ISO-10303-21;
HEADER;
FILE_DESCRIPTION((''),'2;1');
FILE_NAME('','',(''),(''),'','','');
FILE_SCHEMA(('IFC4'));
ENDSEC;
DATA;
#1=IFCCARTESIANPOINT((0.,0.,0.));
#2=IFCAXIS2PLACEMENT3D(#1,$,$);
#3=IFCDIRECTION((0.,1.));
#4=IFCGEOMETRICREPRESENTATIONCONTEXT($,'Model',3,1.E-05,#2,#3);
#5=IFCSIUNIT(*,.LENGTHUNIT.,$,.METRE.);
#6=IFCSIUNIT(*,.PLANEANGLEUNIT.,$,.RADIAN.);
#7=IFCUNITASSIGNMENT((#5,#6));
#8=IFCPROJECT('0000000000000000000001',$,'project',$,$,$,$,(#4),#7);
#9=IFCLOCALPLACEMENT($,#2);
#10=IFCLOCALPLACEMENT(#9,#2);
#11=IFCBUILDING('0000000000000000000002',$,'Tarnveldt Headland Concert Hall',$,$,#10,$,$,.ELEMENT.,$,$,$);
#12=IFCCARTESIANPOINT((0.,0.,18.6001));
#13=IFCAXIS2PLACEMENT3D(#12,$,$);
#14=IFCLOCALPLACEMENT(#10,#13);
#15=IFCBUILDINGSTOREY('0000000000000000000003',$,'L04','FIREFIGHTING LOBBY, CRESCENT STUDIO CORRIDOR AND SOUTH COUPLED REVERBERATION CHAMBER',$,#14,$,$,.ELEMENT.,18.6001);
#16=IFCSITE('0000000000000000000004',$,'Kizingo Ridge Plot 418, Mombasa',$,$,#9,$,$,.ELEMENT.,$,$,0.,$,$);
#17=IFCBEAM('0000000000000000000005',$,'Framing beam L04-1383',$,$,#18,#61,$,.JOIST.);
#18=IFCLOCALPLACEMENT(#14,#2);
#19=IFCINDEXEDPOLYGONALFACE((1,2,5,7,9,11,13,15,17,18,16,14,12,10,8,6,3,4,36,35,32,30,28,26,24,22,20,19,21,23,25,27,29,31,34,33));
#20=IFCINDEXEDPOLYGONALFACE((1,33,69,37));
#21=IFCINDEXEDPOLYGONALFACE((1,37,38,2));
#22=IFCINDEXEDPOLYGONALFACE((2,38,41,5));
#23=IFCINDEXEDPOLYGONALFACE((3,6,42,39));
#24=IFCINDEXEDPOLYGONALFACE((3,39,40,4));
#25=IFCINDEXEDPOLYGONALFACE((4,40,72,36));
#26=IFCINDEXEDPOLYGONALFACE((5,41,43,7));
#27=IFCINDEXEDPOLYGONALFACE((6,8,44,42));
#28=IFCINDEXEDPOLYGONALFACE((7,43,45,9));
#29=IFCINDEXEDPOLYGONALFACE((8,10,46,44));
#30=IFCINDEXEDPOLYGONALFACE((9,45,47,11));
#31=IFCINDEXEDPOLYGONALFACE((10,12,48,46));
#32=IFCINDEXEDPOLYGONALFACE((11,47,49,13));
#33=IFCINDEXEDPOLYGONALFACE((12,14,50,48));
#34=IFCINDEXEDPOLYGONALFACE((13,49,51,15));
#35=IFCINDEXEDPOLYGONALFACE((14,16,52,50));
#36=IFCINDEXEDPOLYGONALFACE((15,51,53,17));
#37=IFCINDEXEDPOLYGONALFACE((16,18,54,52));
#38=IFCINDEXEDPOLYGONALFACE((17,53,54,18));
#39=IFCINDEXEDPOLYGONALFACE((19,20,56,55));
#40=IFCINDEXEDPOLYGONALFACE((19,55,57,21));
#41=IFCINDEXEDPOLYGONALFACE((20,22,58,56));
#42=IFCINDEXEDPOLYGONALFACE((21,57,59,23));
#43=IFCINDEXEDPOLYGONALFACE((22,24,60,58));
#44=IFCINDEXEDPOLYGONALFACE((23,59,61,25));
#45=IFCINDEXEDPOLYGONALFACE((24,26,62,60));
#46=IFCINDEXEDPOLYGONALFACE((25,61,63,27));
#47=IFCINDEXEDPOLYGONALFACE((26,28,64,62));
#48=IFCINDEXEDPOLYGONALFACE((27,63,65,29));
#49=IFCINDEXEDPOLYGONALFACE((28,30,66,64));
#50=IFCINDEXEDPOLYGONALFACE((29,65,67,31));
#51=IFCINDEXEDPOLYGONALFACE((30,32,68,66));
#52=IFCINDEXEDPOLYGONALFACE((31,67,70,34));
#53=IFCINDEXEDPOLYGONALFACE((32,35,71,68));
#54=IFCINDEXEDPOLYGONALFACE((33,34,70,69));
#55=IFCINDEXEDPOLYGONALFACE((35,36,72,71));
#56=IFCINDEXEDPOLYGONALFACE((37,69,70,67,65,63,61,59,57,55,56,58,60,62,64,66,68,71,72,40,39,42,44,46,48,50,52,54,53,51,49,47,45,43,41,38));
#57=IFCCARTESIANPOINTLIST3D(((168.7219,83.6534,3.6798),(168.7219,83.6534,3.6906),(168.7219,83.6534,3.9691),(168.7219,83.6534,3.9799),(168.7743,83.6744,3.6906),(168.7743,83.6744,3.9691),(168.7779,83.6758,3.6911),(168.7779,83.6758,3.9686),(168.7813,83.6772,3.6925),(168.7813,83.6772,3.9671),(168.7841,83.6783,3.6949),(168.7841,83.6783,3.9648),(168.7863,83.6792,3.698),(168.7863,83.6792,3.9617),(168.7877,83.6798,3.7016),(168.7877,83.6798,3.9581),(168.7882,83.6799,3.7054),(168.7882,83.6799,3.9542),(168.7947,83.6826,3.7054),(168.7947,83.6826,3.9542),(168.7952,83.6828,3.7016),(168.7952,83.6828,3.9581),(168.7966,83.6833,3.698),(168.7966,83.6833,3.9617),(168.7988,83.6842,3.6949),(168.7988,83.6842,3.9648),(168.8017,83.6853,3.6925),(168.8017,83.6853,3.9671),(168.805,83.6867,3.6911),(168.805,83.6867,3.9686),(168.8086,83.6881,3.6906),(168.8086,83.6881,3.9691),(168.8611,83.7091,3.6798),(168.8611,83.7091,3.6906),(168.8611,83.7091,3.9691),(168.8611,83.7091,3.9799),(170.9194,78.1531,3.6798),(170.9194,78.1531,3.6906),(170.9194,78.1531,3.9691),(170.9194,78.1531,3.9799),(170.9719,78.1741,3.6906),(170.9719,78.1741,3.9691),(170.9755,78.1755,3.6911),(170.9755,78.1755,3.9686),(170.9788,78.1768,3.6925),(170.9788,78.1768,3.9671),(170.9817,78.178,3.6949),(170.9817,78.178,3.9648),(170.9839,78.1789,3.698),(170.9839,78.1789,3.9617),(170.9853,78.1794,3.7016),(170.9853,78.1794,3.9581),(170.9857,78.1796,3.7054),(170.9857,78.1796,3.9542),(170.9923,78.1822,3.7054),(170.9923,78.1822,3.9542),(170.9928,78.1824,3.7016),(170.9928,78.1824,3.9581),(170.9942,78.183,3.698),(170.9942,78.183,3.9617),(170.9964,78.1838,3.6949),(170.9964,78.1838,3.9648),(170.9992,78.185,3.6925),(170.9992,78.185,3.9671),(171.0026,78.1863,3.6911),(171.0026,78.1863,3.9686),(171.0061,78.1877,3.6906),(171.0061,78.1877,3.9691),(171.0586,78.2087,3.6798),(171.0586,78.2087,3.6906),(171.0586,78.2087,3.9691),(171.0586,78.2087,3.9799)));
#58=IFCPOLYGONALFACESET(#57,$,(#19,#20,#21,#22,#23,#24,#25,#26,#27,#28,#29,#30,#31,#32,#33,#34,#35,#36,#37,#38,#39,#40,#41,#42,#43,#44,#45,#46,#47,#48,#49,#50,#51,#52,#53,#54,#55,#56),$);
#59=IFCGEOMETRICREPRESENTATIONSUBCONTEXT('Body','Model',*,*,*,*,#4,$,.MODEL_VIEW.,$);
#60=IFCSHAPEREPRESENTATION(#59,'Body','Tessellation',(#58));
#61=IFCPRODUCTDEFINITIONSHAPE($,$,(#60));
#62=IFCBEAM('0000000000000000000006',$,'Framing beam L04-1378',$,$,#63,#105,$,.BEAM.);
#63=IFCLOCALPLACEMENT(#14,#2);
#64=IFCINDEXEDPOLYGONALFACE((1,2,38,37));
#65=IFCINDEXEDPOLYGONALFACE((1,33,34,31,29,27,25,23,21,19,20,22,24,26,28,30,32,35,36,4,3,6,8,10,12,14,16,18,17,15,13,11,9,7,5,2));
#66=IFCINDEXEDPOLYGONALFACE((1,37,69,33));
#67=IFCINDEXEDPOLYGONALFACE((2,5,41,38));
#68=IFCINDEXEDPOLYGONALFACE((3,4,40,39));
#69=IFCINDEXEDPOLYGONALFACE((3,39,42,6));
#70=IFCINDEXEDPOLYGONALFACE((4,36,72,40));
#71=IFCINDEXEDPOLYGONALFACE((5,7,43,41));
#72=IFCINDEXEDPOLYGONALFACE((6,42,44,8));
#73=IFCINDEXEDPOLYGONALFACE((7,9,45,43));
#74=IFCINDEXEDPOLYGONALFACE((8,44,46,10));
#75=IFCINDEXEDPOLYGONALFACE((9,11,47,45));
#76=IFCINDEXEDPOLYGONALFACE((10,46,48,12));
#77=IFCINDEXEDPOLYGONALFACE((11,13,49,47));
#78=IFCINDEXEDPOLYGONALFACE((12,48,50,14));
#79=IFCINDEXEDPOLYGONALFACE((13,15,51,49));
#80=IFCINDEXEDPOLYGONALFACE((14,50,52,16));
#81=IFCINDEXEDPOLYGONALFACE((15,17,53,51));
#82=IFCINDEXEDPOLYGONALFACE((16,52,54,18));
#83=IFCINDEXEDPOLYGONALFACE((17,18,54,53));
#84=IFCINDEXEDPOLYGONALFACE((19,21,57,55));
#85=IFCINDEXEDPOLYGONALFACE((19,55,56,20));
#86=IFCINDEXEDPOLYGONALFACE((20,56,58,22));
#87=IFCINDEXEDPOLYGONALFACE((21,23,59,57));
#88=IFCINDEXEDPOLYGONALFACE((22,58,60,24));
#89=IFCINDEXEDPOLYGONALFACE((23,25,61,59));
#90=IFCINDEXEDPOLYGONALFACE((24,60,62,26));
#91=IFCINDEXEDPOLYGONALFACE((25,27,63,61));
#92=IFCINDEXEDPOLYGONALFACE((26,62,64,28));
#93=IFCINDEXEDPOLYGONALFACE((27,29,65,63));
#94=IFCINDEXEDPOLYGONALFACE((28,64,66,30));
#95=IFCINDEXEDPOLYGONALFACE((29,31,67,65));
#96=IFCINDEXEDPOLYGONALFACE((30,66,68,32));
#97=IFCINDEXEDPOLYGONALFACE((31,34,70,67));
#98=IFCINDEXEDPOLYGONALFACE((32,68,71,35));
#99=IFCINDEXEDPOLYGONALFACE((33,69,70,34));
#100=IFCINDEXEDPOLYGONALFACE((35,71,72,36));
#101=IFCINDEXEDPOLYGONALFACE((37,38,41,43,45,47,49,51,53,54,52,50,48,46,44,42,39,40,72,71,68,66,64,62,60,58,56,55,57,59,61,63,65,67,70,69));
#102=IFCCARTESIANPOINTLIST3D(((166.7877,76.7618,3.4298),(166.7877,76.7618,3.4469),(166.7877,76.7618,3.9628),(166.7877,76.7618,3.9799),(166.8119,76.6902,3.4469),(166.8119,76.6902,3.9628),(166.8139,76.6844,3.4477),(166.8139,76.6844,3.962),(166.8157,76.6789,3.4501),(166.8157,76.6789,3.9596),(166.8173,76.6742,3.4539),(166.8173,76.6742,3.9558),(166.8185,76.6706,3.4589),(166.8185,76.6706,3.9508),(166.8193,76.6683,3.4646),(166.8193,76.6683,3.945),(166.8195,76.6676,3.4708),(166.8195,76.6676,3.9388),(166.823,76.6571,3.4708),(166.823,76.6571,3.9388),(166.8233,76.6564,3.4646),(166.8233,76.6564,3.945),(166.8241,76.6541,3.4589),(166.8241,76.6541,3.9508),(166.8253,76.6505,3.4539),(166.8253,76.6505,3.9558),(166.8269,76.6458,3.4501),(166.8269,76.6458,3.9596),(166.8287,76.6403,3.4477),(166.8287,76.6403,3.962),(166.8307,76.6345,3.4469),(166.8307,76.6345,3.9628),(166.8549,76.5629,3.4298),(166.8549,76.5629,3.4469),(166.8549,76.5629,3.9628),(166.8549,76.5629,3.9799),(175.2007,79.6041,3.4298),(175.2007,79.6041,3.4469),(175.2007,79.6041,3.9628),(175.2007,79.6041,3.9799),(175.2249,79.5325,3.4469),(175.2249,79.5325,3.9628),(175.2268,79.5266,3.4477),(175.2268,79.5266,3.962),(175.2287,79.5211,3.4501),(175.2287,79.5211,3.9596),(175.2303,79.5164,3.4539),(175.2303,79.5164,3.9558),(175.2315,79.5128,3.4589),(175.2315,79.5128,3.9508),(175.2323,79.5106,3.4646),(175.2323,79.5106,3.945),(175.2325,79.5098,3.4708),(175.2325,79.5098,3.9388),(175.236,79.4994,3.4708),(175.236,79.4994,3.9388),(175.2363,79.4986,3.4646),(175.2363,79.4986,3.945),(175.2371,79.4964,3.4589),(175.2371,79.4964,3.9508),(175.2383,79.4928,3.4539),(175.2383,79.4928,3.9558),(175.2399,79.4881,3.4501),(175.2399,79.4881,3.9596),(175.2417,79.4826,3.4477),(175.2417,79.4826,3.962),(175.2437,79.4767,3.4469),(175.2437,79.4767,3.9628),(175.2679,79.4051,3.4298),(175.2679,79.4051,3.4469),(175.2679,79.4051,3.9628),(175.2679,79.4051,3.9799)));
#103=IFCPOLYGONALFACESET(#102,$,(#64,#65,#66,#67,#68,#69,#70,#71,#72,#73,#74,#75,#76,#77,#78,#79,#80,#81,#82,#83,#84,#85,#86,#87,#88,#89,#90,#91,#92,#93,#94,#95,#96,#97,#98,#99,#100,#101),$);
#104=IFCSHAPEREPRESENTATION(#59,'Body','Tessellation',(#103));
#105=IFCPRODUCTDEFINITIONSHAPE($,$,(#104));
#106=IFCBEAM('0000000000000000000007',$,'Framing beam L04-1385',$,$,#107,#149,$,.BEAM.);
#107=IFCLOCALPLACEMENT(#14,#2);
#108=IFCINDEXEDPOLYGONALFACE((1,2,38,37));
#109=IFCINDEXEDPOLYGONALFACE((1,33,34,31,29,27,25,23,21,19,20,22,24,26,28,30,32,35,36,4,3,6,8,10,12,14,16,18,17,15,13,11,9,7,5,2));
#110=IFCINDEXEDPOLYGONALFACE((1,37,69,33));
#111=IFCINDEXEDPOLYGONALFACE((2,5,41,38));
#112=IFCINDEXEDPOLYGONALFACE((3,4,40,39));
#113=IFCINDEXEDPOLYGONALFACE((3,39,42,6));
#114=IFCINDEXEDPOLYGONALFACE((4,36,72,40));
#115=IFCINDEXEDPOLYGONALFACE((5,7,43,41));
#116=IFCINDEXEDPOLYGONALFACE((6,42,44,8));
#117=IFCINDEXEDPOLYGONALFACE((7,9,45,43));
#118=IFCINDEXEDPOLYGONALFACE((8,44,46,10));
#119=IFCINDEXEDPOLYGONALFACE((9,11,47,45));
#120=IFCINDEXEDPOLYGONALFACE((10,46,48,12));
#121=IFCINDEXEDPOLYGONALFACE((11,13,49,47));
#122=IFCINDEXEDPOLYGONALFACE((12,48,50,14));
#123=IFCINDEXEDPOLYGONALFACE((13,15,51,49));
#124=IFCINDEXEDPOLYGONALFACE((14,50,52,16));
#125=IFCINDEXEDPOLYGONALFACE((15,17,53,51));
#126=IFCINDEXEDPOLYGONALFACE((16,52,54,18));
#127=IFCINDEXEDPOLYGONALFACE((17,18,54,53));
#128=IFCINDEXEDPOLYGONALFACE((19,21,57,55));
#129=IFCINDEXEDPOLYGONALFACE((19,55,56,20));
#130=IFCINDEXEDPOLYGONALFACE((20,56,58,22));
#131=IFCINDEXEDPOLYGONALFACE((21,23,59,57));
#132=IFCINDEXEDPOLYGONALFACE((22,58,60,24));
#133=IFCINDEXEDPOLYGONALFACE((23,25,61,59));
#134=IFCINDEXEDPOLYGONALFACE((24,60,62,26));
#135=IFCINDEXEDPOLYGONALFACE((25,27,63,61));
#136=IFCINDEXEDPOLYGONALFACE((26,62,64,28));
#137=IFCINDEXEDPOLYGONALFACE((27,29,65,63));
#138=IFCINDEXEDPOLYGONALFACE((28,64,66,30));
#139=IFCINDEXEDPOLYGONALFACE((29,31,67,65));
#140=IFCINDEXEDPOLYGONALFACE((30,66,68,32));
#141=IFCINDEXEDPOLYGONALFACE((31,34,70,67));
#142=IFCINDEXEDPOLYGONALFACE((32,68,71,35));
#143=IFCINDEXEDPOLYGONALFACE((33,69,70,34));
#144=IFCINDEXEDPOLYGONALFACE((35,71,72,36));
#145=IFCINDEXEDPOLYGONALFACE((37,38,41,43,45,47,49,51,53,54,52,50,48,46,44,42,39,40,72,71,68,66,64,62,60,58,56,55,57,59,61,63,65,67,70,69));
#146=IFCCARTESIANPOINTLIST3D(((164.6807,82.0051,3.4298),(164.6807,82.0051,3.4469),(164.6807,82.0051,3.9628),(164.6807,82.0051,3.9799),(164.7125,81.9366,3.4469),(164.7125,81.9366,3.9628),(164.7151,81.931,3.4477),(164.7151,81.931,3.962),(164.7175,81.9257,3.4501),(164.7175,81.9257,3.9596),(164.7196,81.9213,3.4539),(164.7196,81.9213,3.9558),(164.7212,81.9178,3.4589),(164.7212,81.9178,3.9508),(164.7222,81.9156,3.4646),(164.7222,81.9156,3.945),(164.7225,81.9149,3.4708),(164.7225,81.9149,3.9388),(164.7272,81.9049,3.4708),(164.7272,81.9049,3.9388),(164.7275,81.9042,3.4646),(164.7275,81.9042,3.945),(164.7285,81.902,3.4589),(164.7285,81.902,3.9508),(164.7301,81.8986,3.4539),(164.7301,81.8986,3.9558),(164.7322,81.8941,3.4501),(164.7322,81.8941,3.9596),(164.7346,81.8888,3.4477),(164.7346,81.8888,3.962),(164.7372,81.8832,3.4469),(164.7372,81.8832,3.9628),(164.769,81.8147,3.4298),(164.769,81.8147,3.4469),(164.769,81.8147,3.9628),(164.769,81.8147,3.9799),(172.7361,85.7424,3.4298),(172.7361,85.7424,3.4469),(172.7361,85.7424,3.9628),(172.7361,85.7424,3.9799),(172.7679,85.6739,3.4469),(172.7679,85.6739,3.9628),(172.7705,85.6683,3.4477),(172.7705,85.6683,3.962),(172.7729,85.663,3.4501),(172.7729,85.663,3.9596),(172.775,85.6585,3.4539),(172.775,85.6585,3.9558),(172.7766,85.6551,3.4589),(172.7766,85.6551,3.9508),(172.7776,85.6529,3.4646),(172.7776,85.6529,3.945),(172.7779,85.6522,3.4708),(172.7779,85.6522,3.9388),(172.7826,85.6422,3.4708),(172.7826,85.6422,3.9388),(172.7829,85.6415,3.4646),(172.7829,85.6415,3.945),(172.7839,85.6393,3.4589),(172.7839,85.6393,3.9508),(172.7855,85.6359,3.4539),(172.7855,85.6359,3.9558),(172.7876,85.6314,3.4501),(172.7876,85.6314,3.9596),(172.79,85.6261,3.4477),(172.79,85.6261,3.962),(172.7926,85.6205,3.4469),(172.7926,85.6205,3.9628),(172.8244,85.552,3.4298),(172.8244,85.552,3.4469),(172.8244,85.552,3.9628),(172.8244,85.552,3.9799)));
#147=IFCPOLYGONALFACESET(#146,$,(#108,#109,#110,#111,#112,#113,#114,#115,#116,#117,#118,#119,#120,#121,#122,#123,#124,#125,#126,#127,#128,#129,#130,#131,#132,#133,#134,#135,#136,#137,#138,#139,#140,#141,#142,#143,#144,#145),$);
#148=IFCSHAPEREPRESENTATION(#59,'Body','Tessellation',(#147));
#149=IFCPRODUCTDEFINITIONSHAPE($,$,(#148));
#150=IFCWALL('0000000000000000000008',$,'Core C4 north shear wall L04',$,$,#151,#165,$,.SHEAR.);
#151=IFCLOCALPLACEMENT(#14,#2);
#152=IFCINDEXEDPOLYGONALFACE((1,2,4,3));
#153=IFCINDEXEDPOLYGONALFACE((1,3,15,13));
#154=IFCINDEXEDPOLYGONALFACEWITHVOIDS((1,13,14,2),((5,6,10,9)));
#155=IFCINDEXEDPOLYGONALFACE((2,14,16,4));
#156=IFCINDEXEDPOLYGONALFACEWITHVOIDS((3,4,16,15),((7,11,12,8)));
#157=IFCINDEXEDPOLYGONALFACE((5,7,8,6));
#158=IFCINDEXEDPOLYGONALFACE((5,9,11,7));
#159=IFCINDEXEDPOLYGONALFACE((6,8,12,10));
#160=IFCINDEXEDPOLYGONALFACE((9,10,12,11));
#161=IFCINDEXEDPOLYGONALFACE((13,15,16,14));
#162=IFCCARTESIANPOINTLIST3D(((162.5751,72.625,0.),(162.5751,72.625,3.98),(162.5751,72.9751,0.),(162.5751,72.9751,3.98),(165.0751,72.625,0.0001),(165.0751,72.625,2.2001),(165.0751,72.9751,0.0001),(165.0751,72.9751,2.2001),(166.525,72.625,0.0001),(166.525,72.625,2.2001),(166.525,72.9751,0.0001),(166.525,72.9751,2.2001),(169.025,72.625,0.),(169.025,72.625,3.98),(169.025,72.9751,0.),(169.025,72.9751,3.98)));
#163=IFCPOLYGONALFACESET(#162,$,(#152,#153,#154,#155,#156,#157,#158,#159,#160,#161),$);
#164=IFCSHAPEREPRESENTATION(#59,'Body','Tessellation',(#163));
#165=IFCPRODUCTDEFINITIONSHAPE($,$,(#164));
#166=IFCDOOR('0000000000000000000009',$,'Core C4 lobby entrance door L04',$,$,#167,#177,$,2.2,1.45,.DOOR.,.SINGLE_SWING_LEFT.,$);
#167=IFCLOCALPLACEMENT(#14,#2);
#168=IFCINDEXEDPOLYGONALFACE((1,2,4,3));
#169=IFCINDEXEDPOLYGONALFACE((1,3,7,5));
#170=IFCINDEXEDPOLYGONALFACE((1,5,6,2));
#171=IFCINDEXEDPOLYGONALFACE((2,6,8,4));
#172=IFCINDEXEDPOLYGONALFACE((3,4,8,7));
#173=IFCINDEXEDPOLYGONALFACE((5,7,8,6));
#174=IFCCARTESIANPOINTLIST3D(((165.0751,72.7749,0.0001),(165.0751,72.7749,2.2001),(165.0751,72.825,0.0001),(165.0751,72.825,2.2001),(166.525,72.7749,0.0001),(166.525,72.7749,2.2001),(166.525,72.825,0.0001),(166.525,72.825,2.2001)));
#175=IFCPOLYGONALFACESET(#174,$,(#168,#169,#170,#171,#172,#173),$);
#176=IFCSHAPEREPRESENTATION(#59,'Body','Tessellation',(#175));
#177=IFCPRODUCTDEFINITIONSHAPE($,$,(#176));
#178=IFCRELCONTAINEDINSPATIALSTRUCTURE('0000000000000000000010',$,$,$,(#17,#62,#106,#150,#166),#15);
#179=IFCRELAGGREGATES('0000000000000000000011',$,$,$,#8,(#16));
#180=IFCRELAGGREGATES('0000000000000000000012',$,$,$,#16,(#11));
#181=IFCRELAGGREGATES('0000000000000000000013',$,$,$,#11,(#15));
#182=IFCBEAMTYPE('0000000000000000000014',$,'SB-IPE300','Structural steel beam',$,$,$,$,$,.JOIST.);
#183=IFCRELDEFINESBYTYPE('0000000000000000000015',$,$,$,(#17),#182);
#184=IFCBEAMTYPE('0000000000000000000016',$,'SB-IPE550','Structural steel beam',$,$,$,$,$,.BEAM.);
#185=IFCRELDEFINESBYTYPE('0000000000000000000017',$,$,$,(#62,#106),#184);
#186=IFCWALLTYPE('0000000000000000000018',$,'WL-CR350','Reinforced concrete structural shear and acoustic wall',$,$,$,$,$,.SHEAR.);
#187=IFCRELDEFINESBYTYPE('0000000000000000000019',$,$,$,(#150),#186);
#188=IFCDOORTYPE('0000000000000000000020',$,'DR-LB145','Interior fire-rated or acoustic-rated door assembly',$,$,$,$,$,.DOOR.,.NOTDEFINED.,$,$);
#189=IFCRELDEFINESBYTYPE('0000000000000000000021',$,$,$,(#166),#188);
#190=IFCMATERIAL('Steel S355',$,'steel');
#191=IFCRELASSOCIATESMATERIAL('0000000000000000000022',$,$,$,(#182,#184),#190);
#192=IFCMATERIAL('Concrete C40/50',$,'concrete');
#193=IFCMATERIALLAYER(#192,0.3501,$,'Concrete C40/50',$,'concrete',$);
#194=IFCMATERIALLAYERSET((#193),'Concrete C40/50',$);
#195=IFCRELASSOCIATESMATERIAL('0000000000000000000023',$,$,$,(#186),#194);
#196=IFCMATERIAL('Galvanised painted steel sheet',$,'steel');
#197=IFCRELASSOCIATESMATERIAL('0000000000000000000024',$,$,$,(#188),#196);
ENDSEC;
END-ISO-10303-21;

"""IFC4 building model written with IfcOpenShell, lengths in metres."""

from ifc_helpers import new_model, si_unit, direction, frame, frame_2d, origin, origin_2d, place, context, subcontext, project, spatial, rectangle, i_section, extrude, material, layer, layer_set, material_profile, profile_set, type_object, element, fill, save


model = new_model("IFC4")

# Units and contexts
model_context = context("Model", 3, precision=1e-05, world=origin(), true_north=direction((0.0, 1.0)))
body_context = subcontext(model_context, "Body", "Model", "MODEL_VIEW")
ifc_project = project(units=[si_unit("LENGTHUNIT", "METRE"), si_unit("PLANEANGLEUNIT", "RADIAN")], contexts=[model_context])

# Site, building, storey
site_placement = place(None, origin())
site = spatial("IfcSite", under=ifc_project, at=site_placement, Name="Kizingo Ridge Plot 418, Mombasa", CompositionType="ELEMENT", RefElevation=0.0)
building_placement = place(site_placement, origin())
building = spatial("IfcBuilding", under=site, at=building_placement, Name="Tarnveldt Headland Concert Hall", CompositionType="ELEMENT")
storey_placement = place(building_placement, frame((0.0, 0.0, 18.6001)))
storey = spatial("IfcBuildingStorey", under=building, at=storey_placement, Name="L04", Description="FIREFIGHTING LOBBY, CRESCENT STUDIO CORRIDOR AND SOUTH COUPLED REVERBERATION CHAMBER", CompositionType="ELEMENT", Elevation=18.6001)

# Shared definitions
ifc_material_1 = material(Name="Concrete C40/50", Category="concrete")
ifc_material_2 = material(Name="Steel S355", Category="steel")

# Beams
ifc_material_profile_1 = material_profile(ifc_material_2, i_section(OverallWidth=0.1499, OverallDepth=0.3, WebThickness=0.0071, FlangeThickness=0.0107, FilletRadius=0.0149, at=origin_2d()), Name="IPE300", Category="steel")
ifc_profile_set_1 = profile_set([ifc_material_profile_1], Name="Steel S355")
beam_type_1 = type_object("IfcBeamType", Name="SB-IPE300", Description="Structural steel beam", PredefinedType="JOIST", material=ifc_profile_set_1)
beam_1_placement = place(storey_placement, frame((170.989, 78.1809, 3.8298), z_axis=(-0.371014, 0.928627, 0.0), x_axis=(-0.928627, -0.371014, 0.0)))
element("IfcBeam", 1, at=beam_1_placement, inside=storey, type_object=beam_type_1, Name="Framing beam L04-1383", PredefinedType="JOIST", context=body_context, shape_type="SweptSolid", body=[
    extrude(i_section(OverallWidth=0.1499, OverallDepth=0.3, WebThickness=0.0071, FlangeThickness=0.0107, FilletRadius=0.0149, at=origin_2d()), origin(), (0.0, 0.0, 1.0), 5.9231),
])
ifc_material_profile_2 = material_profile(ifc_material_2, i_section(OverallWidth=0.21, OverallDepth=0.55, WebThickness=0.011, FlangeThickness=0.0171, FilletRadius=0.0239, at=origin_2d()), Name="IPE550", Category="steel")
ifc_profile_set_2 = profile_set([ifc_material_profile_2], Name="Steel S355")
beam_type_2 = type_object("IfcBeamType", Name="SB-IPE550", Description="Structural steel beam", PredefinedType="BEAM", material=ifc_profile_set_2)
for number, where, z_axis, x_axis, name in (
    (2, (166.8213, 76.6624, 3.7048), (0.947394, 0.320069, 0.0), (-0.320069, 0.947394, 0.0), "Framing beam L04-1378"),
    (3, (164.7249, 81.9099, 3.7048), (0.907126, 0.42086, 0.0), (-0.42086, 0.907126, 0.0), "Framing beam L04-1385"),
):
    element("IfcBeam", number, at=place(storey_placement, frame(where, z_axis=z_axis, x_axis=x_axis)), inside=storey, type_object=beam_type_2, Name=name, PredefinedType="BEAM", context=body_context, shape_type="SweptSolid", body=[
        extrude(i_section(OverallWidth=0.21, OverallDepth=0.55, WebThickness=0.011, FlangeThickness=0.0171, FilletRadius=0.0239, at=origin_2d()), origin(), (0.0, 0.0, 1.0), 8.8801),
    ])

# Wall, opening, door
ifc_layer_1 = layer(ifc_material_1, 0.3501, Name="Concrete C40/50", Category="concrete")
ifc_layer_set_1 = layer_set([ifc_layer_1], Name="Concrete C40/50")
wall_type_1 = type_object("IfcWallType", Name="WL-CR350", Description="Reinforced concrete structural shear and acoustic wall", PredefinedType="SHEAR", material=ifc_layer_set_1)
wall_1_placement = place(storey_placement, frame((162.575, 72.8, 0.0), z_axis=(0.0, 0.0, 1.0), x_axis=(1.0, 0.0, 0.0)))
wall_1 = element("IfcWall", 4, at=wall_1_placement, inside=storey, type_object=wall_type_1, Name="Core C4 north shear wall L04", PredefinedType="SHEAR", context=body_context, shape_type="SweptSolid", body=[
    extrude(rectangle(XDim=6.45, YDim=0.3501, at=frame_2d((3.2251, 0.0))), origin(), (0.0, 0.0, 1.0), 3.98),
])
opening_1_placement = place(wall_1_placement, frame((2.5, 0.0, 0.0)))
opening_1 = element("IfcOpeningElement", 5, at=opening_1_placement, cuts=wall_1, PredefinedType="OPENING", context=body_context, shape_type="SweptSolid", body=[
    extrude(rectangle(XDim=1.45, YDim=2.2, at=frame_2d((0.7251, 1.1001))), frame((0.0, 0.1851, 0.0), z_axis=(0.0, -1.0, 0.0), x_axis=(1.0, 0.0, 0.0)), (0.0, 0.0, 1.0), 0.3701),
])
ifc_material_3 = material(Name="Galvanised painted steel sheet", Category="steel")
door_type_1 = type_object("IfcDoorType", Name="DR-LB145", Description="Interior fire-rated or acoustic-rated door assembly", OperationType="NOTDEFINED", PredefinedType="DOOR", material=ifc_material_3)
door_1_placement = place(opening_1_placement, origin())
door_1 = element("IfcDoor", 6, at=door_1_placement, inside=storey, type_object=door_type_1, Name="Core C4 lobby entrance door L04", OperationType="SINGLE_SWING_LEFT", OverallHeight=2.2, OverallWidth=1.45, PredefinedType="DOOR", context=body_context, shape_type="SweptSolid", body=[
    extrude(rectangle(XDim=1.45, YDim=2.2, at=frame_2d((0.7251, 1.1001))), frame((0.0, 0.0249, 0.0), z_axis=(0.0, -1.0, 0.0), x_axis=(1.0, 0.0, 0.0)), (0.0, 0.0, 1.0), 0.05),
])
fill(opening_1, door_1)

save(model, "model.ifc")
